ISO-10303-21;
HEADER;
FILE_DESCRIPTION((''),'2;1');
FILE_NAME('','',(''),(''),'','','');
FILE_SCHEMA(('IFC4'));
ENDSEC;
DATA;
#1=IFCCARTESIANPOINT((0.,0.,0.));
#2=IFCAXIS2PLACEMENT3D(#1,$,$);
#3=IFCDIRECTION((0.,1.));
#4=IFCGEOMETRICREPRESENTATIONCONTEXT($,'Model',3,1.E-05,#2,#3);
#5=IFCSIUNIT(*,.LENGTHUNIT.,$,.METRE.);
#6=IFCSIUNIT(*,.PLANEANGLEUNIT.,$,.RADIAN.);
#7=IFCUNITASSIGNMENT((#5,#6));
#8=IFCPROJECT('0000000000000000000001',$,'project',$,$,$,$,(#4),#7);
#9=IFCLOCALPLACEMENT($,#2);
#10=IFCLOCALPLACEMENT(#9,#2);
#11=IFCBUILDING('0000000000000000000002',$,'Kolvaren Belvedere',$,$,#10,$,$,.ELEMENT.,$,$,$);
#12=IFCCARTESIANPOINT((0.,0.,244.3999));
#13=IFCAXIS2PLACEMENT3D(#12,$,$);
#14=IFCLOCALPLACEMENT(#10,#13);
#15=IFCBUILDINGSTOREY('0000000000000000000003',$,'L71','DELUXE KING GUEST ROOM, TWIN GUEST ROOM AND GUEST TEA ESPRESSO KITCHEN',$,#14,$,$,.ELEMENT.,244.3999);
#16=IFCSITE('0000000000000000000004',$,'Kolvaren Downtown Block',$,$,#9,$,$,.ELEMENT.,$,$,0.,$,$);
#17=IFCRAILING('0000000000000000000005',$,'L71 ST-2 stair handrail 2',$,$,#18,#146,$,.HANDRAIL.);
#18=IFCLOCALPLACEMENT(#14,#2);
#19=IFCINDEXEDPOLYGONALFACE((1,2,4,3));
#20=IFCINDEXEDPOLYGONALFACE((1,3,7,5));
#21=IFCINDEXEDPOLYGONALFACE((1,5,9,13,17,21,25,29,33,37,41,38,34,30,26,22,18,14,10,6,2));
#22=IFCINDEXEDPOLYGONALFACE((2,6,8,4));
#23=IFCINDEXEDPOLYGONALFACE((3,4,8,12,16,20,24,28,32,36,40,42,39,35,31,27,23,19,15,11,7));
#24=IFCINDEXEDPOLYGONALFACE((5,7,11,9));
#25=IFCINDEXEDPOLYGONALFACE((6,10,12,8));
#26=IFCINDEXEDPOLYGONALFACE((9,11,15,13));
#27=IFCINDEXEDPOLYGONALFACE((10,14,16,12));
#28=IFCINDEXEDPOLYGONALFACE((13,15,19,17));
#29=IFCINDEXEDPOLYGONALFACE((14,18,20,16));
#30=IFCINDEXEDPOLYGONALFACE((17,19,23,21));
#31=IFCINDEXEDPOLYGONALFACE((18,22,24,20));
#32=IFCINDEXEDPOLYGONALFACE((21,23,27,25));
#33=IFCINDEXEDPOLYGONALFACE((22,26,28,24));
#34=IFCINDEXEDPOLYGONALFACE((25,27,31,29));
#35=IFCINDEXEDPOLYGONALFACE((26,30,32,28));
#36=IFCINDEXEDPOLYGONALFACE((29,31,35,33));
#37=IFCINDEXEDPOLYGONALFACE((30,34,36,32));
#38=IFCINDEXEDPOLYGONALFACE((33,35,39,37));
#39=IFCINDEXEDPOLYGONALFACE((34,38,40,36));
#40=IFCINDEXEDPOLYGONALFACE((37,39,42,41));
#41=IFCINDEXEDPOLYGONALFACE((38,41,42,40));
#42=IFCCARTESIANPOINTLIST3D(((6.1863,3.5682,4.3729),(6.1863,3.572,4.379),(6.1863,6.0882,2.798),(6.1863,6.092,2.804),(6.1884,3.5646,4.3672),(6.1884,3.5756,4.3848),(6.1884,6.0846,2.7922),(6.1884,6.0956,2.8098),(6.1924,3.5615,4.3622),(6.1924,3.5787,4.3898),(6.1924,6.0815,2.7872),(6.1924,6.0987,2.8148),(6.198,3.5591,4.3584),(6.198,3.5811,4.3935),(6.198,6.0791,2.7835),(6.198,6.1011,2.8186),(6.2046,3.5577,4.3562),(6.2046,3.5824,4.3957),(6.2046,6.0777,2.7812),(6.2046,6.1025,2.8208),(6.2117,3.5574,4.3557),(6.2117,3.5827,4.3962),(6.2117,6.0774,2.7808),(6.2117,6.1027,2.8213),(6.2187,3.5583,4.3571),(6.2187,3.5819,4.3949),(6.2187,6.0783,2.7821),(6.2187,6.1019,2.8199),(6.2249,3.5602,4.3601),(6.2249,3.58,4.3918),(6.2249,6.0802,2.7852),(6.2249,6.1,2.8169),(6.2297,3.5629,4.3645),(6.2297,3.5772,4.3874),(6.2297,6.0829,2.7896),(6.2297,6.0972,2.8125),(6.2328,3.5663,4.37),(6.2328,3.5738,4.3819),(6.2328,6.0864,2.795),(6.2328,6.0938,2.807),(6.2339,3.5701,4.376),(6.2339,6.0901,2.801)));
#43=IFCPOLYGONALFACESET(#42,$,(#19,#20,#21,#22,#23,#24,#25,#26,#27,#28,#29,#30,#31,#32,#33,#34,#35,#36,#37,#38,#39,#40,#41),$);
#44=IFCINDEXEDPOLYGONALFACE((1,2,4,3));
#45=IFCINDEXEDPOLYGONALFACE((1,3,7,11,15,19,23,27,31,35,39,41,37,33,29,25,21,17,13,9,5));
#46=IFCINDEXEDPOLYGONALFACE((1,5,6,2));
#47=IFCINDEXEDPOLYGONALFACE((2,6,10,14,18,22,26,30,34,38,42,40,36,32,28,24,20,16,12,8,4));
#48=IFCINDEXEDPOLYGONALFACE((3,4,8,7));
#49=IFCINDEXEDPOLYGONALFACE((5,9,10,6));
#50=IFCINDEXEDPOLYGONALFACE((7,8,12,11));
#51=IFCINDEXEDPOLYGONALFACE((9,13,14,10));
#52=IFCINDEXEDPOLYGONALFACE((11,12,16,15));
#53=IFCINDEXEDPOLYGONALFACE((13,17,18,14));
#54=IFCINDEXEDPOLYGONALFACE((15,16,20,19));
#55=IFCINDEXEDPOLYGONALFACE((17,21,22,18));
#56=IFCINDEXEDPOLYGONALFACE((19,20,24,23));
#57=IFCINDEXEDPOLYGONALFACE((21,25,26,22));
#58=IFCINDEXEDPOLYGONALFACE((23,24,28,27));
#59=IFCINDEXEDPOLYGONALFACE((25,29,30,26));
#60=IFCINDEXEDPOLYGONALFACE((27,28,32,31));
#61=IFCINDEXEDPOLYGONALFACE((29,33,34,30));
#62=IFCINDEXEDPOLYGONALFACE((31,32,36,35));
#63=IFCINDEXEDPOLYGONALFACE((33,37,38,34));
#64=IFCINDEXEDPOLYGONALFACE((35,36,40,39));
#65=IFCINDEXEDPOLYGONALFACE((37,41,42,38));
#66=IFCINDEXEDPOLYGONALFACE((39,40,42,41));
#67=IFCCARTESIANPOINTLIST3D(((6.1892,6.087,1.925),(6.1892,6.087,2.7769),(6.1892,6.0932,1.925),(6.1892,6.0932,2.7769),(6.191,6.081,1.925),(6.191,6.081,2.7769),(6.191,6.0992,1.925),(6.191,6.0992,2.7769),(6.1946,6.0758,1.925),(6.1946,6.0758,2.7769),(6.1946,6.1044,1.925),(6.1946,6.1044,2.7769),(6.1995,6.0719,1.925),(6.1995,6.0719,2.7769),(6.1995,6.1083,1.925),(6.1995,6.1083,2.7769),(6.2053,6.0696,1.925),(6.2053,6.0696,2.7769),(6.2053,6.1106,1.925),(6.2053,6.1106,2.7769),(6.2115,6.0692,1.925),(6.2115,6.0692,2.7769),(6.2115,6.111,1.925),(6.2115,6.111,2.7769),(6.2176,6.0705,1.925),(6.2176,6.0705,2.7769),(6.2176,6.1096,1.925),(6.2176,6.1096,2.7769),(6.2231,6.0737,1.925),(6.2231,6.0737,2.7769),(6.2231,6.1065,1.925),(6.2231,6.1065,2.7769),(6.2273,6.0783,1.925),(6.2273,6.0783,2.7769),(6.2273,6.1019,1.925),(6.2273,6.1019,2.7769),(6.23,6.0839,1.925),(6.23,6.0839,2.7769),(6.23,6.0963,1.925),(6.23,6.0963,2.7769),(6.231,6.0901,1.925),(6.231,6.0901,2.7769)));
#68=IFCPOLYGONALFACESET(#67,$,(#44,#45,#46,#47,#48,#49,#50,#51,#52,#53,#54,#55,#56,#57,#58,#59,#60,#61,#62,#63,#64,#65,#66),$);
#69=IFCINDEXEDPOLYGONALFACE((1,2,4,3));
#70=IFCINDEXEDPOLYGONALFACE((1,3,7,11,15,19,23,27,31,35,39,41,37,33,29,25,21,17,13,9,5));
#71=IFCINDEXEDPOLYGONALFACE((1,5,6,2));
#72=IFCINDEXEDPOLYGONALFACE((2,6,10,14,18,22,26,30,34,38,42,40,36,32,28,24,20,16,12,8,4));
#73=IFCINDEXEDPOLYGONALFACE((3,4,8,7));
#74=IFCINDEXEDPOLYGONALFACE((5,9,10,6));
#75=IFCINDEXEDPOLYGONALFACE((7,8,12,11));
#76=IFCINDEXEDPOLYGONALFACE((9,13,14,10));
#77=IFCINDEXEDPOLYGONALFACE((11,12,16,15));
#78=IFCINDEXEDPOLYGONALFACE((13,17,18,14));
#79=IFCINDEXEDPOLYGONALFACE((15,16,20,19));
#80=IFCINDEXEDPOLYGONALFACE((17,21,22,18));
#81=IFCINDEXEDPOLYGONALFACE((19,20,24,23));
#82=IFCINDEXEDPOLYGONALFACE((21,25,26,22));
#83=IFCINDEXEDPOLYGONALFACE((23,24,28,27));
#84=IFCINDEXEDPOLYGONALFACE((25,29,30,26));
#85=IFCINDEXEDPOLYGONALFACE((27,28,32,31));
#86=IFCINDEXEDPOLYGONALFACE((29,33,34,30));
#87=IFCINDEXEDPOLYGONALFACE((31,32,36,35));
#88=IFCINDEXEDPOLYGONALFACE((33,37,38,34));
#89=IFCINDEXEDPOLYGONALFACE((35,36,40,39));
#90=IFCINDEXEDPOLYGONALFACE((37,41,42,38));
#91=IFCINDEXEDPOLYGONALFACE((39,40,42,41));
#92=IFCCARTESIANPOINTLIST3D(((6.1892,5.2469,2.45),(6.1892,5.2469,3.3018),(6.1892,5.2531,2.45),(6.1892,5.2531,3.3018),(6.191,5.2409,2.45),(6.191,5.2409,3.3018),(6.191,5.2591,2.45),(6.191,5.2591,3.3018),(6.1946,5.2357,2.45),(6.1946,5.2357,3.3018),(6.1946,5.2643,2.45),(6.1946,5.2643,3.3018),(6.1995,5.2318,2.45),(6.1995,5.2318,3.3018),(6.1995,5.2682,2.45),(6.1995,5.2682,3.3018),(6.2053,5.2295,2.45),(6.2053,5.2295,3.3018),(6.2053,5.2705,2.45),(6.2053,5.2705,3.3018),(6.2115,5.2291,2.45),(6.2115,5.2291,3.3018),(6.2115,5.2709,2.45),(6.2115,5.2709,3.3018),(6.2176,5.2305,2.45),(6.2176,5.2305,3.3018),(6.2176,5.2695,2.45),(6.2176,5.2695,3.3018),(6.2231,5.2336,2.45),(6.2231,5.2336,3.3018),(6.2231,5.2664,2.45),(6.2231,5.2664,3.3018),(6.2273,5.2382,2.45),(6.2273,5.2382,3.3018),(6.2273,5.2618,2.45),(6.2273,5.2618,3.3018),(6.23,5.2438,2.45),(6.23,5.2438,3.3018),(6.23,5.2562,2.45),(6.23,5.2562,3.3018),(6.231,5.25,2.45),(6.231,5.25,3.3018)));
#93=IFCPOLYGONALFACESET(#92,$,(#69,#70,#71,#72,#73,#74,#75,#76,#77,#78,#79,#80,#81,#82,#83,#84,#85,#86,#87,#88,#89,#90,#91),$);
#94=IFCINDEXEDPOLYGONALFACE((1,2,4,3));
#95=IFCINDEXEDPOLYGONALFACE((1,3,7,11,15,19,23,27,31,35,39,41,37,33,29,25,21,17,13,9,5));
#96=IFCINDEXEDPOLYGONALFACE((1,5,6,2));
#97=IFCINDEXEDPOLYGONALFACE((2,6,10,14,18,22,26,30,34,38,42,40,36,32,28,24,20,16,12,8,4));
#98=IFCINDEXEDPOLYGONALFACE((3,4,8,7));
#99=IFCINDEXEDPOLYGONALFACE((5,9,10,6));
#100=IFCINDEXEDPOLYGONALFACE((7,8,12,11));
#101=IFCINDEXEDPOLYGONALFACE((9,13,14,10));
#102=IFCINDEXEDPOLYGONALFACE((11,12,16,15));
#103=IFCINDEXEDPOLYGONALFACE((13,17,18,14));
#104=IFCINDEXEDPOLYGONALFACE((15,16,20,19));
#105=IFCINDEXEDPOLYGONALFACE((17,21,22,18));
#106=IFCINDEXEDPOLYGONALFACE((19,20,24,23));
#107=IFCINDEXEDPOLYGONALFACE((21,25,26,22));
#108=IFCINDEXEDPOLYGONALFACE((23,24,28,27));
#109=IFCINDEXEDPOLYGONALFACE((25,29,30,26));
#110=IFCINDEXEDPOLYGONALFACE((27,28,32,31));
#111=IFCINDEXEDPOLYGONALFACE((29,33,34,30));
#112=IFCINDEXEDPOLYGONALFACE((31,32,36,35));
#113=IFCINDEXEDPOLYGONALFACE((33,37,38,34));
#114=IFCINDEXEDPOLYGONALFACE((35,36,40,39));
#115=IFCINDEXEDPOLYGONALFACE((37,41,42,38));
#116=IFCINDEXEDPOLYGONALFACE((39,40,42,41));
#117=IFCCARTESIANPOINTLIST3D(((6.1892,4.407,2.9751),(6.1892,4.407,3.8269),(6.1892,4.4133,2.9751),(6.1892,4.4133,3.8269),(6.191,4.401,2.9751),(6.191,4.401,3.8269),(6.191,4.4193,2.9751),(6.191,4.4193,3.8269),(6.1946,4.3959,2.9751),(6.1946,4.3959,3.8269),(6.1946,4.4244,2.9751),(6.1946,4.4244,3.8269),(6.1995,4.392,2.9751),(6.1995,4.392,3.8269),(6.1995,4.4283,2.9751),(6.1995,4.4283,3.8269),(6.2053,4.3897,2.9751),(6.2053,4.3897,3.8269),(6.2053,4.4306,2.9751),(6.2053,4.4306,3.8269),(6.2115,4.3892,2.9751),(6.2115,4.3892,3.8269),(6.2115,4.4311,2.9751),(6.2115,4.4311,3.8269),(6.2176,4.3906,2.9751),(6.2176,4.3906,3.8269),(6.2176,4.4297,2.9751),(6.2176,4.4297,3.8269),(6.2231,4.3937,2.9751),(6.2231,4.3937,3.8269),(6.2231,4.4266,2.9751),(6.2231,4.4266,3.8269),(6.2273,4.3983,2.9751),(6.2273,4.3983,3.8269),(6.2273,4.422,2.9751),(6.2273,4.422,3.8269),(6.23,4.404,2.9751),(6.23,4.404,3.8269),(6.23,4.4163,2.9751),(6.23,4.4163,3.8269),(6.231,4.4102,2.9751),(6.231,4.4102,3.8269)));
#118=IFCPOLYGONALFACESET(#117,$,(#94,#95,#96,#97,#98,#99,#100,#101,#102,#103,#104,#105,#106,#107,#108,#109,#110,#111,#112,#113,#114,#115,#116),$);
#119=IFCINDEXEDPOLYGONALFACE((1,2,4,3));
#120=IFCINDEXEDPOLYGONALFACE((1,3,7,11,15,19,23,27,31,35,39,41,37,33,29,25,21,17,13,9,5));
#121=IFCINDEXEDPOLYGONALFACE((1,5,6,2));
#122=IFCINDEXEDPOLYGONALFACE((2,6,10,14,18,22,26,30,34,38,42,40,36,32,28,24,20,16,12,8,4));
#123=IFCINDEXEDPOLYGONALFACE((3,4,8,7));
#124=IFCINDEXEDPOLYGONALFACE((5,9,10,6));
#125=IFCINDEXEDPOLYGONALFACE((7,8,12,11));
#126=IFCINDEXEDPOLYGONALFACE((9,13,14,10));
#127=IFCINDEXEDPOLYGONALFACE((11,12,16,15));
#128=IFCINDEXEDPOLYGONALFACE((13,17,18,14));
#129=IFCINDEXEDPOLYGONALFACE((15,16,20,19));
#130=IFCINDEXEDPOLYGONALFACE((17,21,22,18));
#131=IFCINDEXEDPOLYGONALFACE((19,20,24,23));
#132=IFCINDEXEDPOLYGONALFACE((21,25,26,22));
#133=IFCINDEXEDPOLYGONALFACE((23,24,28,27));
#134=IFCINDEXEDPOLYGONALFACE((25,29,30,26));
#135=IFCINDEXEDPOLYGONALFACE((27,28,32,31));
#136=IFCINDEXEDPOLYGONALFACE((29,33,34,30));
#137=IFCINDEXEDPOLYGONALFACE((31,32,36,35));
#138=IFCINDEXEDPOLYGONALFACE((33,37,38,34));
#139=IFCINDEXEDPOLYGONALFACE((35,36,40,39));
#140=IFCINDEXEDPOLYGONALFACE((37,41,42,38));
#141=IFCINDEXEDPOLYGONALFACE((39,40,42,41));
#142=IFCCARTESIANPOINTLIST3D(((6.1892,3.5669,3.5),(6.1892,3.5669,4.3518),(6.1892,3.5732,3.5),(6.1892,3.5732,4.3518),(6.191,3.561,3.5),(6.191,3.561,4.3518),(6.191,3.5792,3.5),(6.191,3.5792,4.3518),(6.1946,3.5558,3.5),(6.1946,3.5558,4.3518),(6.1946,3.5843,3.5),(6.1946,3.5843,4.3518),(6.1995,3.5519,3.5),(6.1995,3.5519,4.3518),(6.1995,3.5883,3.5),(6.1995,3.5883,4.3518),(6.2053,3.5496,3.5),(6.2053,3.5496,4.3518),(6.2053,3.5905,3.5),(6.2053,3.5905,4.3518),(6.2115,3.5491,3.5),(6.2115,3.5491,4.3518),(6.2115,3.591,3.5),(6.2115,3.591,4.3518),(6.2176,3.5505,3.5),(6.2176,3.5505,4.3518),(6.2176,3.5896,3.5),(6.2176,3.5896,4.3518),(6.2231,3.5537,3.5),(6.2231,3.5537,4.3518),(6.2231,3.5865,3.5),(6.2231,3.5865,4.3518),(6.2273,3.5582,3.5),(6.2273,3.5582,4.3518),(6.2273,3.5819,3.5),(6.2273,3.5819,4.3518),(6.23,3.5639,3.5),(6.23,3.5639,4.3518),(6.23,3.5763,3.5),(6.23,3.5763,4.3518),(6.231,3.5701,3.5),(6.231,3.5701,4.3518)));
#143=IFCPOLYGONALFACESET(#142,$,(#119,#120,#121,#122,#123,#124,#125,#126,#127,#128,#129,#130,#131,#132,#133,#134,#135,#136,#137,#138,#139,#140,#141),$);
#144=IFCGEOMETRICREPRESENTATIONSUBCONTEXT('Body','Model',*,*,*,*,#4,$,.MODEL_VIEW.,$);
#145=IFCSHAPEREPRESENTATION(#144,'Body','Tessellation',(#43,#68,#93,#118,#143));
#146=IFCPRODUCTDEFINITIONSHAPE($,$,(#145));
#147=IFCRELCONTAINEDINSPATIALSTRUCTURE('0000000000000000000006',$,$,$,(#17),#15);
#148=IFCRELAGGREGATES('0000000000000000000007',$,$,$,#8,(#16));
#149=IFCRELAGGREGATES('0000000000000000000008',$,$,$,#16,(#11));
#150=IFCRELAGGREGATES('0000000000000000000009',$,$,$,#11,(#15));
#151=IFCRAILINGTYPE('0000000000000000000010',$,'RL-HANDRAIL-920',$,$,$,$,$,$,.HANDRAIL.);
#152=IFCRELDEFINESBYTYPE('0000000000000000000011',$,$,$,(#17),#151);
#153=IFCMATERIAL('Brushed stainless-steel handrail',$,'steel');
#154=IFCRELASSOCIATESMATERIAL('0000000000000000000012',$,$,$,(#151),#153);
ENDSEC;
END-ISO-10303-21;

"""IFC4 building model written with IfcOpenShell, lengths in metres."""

from ifc_helpers import new_model, si_unit, direction, frame, origin, origin_2d, place, context, subcontext, project, spatial, circle, extrude, material, type_object, element, save


model = new_model("IFC4")

# Units and contexts
model_context = context("Model", 3, precision=1e-05, world=origin(), true_north=direction((0.0, 1.0)))
body_context = subcontext(model_context, "Body", "Model", "MODEL_VIEW")
ifc_project = project(units=[si_unit("LENGTHUNIT", "METRE"), si_unit("PLANEANGLEUNIT", "RADIAN")], contexts=[model_context])

# Site, building, storey
site_placement = place(None, origin())
site = spatial("IfcSite", under=ifc_project, at=site_placement, Name="Kolvaren Downtown Block", CompositionType="ELEMENT", RefElevation=0.0)
building_placement = place(site_placement, origin())
building = spatial("IfcBuilding", under=site, at=building_placement, Name="Kolvaren Belvedere", CompositionType="ELEMENT")
storey_placement = place(building_placement, frame((0.0, 0.0, 244.3999)))
storey = spatial("IfcBuildingStorey", under=building, at=storey_placement, Name="L71", Description="DELUXE KING GUEST ROOM, TWIN GUEST ROOM AND GUEST TEA ESPRESSO KITCHEN", CompositionType="ELEMENT", Elevation=244.3999)

# Railing
ifc_material_1 = material(Name="Brushed stainless-steel handrail", Category="steel")
railing_type_1 = type_object("IfcRailingType", Name="RL-HANDRAIL-920", PredefinedType="HANDRAIL", material=ifc_material_1)
railing_1_placement = place(storey_placement, frame((6.21, 6.0901, 1.925)))
element("IfcRailing", 1, at=railing_1_placement, inside=storey, type_object=railing_type_1, Name="L71 ST-2 stair handrail 2", PredefinedType="HANDRAIL", context=body_context, shape_type="SweptSolid", body=[
    extrude(circle(Radius=0.0239, at=origin_2d()), frame((0.0, 0.0, 0.876), z_axis=(0.0, -0.848008, 0.529984), x_axis=(1.0, 0.0, 0.0)), (0.0, 0.0, 1.0), 2.9717),
    extrude(circle(Radius=0.021, at=origin_2d()), origin(), (0.0, 0.0, 1.0), 0.8518),
    extrude(circle(Radius=0.021, at=origin_2d()), frame((0.0, -0.8401, 0.5249)), (0.0, 0.0, 1.0), 0.8518),
    extrude(circle(Radius=0.021, at=origin_2d()), frame((0.0, -1.6799, 1.05)), (0.0, 0.0, 1.0), 0.8518),
    extrude(circle(Radius=0.021, at=origin_2d()), frame((0.0, -2.52, 1.575)), (0.0, 0.0, 1.0), 0.8518),
])

save(model, "model.ifc")
